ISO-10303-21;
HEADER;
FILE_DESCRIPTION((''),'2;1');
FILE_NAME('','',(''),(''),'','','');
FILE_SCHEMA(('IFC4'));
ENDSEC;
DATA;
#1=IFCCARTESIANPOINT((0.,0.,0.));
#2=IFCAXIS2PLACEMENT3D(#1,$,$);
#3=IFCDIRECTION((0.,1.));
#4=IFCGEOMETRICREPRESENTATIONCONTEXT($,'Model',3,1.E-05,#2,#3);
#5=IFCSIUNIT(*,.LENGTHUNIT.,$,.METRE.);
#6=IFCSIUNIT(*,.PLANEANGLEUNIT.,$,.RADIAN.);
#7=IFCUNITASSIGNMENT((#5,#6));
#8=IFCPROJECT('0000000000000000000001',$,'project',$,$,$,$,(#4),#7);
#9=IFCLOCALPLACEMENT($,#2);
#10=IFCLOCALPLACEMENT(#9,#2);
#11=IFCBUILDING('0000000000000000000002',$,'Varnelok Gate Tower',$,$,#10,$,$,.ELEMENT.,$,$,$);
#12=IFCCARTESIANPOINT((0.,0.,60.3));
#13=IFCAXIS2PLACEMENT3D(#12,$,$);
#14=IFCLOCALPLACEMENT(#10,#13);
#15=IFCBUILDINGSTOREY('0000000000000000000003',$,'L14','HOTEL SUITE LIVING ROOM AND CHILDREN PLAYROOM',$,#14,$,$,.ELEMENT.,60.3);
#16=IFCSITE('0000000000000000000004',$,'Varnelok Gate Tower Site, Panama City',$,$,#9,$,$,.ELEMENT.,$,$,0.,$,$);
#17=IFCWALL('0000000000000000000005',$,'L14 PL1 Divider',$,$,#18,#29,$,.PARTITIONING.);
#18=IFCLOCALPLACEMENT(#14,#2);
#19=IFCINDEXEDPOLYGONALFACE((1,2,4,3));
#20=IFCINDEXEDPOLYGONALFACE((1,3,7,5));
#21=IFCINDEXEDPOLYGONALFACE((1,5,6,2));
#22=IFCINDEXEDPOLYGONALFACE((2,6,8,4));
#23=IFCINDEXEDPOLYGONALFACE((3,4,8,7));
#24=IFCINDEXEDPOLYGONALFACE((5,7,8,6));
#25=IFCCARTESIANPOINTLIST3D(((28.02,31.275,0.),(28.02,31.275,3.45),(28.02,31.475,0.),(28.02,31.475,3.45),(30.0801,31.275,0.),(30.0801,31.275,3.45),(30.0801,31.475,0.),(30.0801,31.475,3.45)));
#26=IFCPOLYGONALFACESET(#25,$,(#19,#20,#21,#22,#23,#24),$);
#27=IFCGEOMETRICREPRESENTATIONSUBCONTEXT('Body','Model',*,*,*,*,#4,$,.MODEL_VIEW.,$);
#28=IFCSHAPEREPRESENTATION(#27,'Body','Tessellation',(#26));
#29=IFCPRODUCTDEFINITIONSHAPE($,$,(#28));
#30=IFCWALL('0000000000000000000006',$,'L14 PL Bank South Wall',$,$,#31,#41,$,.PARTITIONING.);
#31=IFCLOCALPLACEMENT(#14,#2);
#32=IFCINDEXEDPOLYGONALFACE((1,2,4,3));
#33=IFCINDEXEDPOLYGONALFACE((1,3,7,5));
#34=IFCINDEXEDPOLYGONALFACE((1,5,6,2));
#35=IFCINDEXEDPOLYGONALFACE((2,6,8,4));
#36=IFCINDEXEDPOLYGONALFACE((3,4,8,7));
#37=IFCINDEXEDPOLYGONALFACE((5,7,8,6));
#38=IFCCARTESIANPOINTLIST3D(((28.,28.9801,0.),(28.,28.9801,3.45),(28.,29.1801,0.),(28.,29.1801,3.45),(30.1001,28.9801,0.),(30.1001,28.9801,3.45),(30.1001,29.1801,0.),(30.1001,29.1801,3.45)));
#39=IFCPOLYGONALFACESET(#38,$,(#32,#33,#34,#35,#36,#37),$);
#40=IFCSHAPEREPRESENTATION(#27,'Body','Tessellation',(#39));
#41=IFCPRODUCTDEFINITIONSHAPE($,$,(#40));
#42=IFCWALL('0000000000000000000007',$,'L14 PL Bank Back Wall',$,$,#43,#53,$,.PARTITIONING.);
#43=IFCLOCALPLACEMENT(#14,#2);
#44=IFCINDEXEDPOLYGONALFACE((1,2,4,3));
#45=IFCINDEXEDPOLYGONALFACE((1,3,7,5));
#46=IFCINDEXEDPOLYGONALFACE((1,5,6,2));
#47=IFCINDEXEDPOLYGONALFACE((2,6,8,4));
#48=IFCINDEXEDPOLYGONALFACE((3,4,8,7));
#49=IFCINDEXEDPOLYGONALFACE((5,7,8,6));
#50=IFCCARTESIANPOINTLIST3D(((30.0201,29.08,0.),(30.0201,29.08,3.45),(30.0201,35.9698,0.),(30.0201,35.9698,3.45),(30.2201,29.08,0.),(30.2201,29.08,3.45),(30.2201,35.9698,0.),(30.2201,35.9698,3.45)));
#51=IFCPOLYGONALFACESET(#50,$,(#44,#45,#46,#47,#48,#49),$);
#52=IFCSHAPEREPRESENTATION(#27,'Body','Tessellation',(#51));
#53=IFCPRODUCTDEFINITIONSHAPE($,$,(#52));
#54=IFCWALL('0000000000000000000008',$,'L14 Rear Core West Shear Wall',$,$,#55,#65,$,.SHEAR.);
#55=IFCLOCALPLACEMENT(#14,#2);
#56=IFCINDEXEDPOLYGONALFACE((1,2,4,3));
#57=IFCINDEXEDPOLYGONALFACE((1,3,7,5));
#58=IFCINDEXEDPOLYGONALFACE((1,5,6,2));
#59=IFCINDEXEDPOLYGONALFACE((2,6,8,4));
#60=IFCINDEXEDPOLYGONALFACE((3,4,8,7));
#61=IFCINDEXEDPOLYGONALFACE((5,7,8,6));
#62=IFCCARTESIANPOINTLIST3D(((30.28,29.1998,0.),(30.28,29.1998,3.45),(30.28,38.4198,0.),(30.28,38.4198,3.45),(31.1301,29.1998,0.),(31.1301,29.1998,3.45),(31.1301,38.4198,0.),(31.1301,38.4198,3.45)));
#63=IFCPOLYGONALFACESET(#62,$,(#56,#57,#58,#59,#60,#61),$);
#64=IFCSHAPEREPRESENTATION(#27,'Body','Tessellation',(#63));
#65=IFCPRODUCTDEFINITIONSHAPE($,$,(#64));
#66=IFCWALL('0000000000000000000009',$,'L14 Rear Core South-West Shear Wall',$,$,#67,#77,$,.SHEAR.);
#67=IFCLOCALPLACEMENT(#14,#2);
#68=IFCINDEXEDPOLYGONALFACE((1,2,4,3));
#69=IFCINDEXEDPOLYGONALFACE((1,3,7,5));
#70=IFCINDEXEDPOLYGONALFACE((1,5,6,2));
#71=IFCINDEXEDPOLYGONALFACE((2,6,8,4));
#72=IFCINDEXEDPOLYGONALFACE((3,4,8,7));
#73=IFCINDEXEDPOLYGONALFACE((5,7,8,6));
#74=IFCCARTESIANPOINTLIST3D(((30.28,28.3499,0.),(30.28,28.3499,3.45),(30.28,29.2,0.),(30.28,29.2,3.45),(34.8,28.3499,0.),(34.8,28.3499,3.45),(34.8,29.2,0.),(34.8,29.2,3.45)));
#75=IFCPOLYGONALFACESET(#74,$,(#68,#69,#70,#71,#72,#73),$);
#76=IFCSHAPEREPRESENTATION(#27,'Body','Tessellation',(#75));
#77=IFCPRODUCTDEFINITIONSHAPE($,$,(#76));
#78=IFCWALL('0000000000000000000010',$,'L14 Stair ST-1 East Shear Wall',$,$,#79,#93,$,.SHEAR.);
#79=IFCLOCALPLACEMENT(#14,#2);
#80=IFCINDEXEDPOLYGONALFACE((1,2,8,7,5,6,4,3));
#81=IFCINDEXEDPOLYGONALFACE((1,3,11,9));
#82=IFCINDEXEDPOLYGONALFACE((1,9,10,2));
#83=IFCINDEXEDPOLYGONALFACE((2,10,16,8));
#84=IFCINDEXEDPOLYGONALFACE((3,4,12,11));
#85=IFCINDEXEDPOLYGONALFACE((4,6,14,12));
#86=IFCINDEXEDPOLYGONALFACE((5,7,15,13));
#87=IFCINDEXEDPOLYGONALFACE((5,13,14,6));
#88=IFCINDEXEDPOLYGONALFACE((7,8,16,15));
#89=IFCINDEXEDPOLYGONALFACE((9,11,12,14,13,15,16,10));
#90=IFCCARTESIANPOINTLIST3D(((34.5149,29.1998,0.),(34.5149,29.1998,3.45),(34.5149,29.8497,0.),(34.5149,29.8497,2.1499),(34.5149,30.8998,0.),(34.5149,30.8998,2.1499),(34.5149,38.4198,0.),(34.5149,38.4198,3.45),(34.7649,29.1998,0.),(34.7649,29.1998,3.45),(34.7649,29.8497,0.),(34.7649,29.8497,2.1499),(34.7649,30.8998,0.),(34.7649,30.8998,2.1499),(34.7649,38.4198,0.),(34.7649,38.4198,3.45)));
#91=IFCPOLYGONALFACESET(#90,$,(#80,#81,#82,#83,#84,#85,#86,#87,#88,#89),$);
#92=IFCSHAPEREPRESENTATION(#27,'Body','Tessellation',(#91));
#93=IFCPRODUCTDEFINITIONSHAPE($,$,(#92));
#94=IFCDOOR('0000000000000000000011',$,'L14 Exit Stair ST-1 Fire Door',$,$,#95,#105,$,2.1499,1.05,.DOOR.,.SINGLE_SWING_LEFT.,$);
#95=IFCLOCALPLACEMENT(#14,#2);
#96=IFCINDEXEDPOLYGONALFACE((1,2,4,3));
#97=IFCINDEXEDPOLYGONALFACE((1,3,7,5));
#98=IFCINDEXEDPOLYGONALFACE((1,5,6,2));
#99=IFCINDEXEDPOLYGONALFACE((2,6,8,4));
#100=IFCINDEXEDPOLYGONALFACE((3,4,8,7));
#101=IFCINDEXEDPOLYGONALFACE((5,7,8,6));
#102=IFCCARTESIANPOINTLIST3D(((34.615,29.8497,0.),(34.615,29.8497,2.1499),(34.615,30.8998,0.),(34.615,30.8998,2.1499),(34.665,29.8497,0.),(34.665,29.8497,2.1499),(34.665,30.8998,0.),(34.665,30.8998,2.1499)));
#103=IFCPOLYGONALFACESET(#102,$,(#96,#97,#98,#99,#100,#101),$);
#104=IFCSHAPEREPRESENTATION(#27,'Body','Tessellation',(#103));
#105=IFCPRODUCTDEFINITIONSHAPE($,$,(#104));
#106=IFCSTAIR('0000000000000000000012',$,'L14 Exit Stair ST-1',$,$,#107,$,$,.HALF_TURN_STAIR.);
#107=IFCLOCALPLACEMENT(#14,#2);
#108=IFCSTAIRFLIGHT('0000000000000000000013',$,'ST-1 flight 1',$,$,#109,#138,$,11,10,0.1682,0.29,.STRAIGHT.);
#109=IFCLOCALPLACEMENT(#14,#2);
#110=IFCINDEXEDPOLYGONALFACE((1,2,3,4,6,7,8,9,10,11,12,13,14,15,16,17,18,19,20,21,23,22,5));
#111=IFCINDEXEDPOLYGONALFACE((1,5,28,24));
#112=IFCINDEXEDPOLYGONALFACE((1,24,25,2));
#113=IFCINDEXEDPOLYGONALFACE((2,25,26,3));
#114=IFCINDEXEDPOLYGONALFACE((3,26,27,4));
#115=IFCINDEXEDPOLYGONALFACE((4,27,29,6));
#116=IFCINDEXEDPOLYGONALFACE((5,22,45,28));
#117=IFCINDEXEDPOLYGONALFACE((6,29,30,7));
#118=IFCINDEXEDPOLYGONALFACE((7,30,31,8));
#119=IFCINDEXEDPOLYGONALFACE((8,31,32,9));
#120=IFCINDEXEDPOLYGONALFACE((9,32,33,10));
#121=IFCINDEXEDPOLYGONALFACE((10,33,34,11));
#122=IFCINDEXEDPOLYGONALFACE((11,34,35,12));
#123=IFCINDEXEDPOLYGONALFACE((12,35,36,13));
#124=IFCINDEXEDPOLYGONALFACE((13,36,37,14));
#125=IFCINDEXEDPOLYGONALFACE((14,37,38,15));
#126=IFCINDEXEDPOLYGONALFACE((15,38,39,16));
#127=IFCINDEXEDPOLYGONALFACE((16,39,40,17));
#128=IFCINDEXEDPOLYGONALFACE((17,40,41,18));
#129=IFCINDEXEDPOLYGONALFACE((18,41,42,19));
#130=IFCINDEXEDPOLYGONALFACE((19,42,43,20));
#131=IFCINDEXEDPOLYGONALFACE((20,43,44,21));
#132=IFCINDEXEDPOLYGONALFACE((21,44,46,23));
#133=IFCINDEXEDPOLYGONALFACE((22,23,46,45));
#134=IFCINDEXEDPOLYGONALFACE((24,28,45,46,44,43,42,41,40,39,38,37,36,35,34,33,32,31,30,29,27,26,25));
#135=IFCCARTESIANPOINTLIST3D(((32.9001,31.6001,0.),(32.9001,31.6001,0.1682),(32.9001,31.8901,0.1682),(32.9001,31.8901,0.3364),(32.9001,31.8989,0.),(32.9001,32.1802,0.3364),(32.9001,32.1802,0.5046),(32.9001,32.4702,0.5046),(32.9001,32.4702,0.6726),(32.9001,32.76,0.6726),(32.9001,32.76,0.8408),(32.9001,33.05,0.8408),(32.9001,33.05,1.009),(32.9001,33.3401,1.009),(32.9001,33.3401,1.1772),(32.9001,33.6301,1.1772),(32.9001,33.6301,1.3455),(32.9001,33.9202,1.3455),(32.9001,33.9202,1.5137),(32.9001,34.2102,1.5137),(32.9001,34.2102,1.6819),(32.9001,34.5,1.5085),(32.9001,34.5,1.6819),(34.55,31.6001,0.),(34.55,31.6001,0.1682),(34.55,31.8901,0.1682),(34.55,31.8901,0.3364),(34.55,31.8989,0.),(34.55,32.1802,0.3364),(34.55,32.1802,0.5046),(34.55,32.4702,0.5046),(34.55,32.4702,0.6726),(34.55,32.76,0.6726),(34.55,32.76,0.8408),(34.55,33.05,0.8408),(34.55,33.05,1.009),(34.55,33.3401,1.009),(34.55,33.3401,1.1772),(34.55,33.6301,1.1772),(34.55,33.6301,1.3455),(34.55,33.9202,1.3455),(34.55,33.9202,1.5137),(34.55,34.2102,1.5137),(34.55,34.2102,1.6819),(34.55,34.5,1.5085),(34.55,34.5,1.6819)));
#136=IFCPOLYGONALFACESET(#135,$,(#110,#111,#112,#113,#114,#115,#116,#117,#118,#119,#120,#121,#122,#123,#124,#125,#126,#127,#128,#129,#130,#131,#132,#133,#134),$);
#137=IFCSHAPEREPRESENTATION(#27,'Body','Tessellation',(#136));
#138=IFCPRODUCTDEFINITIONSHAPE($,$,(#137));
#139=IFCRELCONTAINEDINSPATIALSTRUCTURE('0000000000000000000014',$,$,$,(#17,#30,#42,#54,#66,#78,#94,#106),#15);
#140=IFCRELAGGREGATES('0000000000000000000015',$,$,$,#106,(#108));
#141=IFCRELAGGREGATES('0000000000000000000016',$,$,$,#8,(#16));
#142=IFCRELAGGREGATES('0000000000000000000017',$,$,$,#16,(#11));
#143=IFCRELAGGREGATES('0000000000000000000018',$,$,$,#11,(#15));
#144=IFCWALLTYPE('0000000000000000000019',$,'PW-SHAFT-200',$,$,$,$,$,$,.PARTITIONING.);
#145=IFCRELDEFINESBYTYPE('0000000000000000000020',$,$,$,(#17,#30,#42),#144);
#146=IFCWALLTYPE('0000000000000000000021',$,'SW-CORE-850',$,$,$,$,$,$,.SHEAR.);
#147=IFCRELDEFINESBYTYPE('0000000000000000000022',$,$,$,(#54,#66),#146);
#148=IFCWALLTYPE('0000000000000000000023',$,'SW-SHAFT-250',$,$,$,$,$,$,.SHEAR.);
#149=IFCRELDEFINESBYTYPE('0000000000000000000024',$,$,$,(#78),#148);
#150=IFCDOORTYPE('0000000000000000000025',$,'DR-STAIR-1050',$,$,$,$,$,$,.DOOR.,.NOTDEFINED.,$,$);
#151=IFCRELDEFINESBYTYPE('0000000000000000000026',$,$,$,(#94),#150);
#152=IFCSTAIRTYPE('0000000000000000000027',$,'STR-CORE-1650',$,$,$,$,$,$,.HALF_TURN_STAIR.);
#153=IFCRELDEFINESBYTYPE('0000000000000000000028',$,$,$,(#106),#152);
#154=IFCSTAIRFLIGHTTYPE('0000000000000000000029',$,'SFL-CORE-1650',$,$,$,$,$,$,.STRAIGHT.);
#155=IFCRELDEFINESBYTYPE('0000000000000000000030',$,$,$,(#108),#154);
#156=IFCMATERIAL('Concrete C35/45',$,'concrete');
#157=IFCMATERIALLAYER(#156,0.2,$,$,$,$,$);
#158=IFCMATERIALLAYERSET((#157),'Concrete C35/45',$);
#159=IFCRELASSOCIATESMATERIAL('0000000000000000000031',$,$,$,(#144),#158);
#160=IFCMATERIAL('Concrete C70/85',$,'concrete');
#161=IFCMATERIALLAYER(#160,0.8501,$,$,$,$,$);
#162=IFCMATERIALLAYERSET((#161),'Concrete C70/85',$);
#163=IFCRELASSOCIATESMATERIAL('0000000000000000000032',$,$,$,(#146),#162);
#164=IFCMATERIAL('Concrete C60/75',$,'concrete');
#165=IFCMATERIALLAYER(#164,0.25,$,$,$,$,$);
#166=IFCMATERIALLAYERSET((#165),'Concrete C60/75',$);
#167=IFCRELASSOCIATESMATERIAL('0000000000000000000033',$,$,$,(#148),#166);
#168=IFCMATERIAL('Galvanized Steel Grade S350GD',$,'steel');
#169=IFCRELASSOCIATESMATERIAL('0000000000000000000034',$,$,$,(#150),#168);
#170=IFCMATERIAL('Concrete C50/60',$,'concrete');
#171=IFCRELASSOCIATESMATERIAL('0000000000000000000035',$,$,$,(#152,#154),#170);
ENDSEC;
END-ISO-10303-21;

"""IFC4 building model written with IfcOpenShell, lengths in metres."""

from ifc_helpers import new_model, si_unit, direction, frame, frame_2d, origin, place, context, subcontext, project, spatial, polyline, rectangle, outline, extrude, material, layer, layer_set, type_object, element, fill, aggregate, save


model = new_model("IFC4")

# Units and contexts
model_context = context("Model", 3, precision=1e-05, world=origin(), true_north=direction((0.0, 1.0)))
body_context = subcontext(model_context, "Body", "Model", "MODEL_VIEW")
ifc_project = project(units=[si_unit("LENGTHUNIT", "METRE"), si_unit("PLANEANGLEUNIT", "RADIAN")], contexts=[model_context])

# Site, building, storey
site_placement = place(None, origin())
site = spatial("IfcSite", under=ifc_project, at=site_placement, Name="Varnelok Gate Tower Site, Panama City", CompositionType="ELEMENT", RefElevation=0.0)
building_placement = place(site_placement, origin())
building = spatial("IfcBuilding", under=site, at=building_placement, Name="Varnelok Gate Tower", CompositionType="ELEMENT")
storey_placement = place(building_placement, frame((0.0, 0.0, 60.3)))
storey = spatial("IfcBuildingStorey", under=building, at=storey_placement, Name="L14", Description="HOTEL SUITE LIVING ROOM AND CHILDREN PLAYROOM", CompositionType="ELEMENT", Elevation=60.3)

# Walls
ifc_material_1 = material(Name="Concrete C35/45", Category="concrete")
ifc_layer_1 = layer(ifc_material_1, 0.2)
ifc_layer_set_1 = layer_set([ifc_layer_1], Name="Concrete C35/45")
wall_type_1 = type_object("IfcWallType", Name="PW-SHAFT-200", PredefinedType="PARTITIONING", material=ifc_layer_set_1)
wall_1_placement = place(storey_placement, frame((28.02, 31.375, 0.0), z_axis=(0.0, 0.0, 1.0), x_axis=(1.0, 0.0, 0.0)))
element("IfcWall", 1, at=wall_1_placement, inside=storey, type_object=wall_type_1, Name="L14 PL1 Divider", PredefinedType="PARTITIONING", context=body_context, shape_type="SweptSolid", body=[
    extrude(rectangle(XDim=2.0601, YDim=0.2, at=frame_2d((1.03, 0.0))), origin(), (0.0, 0.0, 1.0), 3.45),
])
wall_2_placement = place(storey_placement, frame((28.0, 29.0801, 0.0), z_axis=(0.0, 0.0, 1.0), x_axis=(1.0, 0.0, 0.0)))
element("IfcWall", 2, at=wall_2_placement, inside=storey, type_object=wall_type_1, Name="L14 PL Bank South Wall", PredefinedType="PARTITIONING", context=body_context, shape_type="SweptSolid", body=[
    extrude(rectangle(XDim=2.1001, YDim=0.2, at=frame_2d((1.05, 0.0))), origin(), (0.0, 0.0, 1.0), 3.45),
])
wall_3_placement = place(storey_placement, frame((30.1201, 29.0801, 0.0), z_axis=(0.0, 0.0, 1.0), x_axis=(0.0, 1.0, 0.0)))
element("IfcWall", 3, at=wall_3_placement, inside=storey, type_object=wall_type_1, Name="L14 PL Bank Back Wall", PredefinedType="PARTITIONING", context=body_context, shape_type="SweptSolid", body=[
    extrude(rectangle(XDim=6.8899, YDim=0.2, at=frame_2d((3.4448, 0.0))), origin(), (0.0, 0.0, 1.0), 3.45),
])

# Shared definitions
ifc_material_2 = material(Name="Galvanized Steel Grade S350GD", Category="steel")

# Walls
ifc_material_3 = material(Name="Concrete C70/85", Category="concrete")
ifc_layer_2 = layer(ifc_material_3, 0.8501)
ifc_layer_set_2 = layer_set([ifc_layer_2], Name="Concrete C70/85")
wall_type_2 = type_object("IfcWallType", Name="SW-CORE-850", PredefinedType="SHEAR", material=ifc_layer_set_2)
wall_4_placement = place(storey_placement, frame((30.7051, 29.2, 0.0), z_axis=(0.0, 0.0, 1.0), x_axis=(0.0, 1.0, 0.0)))
element("IfcWall", 4, at=wall_4_placement, inside=storey, type_object=wall_type_2, Name="L14 Rear Core West Shear Wall", PredefinedType="SHEAR", context=body_context, shape_type="SweptSolid", body=[
    extrude(rectangle(XDim=9.22, YDim=0.8501, at=frame_2d((4.6099, 0.0))), origin(), (0.0, 0.0, 1.0), 3.45),
])
wall_5_placement = place(storey_placement, frame((30.28, 28.7749, 0.0), z_axis=(0.0, 0.0, 1.0), x_axis=(1.0, 0.0, 0.0)))
element("IfcWall", 5, at=wall_5_placement, inside=storey, type_object=wall_type_2, Name="L14 Rear Core South-West Shear Wall", PredefinedType="SHEAR", context=body_context, shape_type="SweptSolid", body=[
    extrude(rectangle(XDim=4.52, YDim=0.8501, at=frame_2d((2.26, 0.0))), origin(), (0.0, 0.0, 1.0), 3.45),
])

# Wall, opening, door
ifc_material_4 = material(Name="Concrete C60/75", Category="concrete")
ifc_layer_3 = layer(ifc_material_4, 0.25)
ifc_layer_set_3 = layer_set([ifc_layer_3], Name="Concrete C60/75")
wall_type_3 = type_object("IfcWallType", Name="SW-SHAFT-250", PredefinedType="SHEAR", material=ifc_layer_set_3)
wall_6_placement = place(storey_placement, frame((34.6399, 29.2, 0.0), z_axis=(0.0, 0.0, 1.0), x_axis=(0.0, 1.0, 0.0)))
wall_6 = element("IfcWall", 6, at=wall_6_placement, inside=storey, type_object=wall_type_3, Name="L14 Stair ST-1 East Shear Wall", PredefinedType="SHEAR", context=body_context, shape_type="SweptSolid", body=[
    extrude(rectangle(XDim=9.22, YDim=0.25, at=frame_2d((4.6099, 0.0))), origin(), (0.0, 0.0, 1.0), 3.45),
])
opening_1_placement = place(wall_6_placement, frame((0.6499, 0.0, 0.0)))
opening_1 = element("IfcOpeningElement", 7, at=opening_1_placement, cuts=wall_6, PredefinedType="OPENING", context=body_context, shape_type="SweptSolid", body=[
    extrude(rectangle(XDim=1.05, YDim=2.1499, at=frame_2d((0.5249, 1.075))), frame((0.0, 0.135, 0.0), z_axis=(0.0, -1.0, 0.0), x_axis=(1.0, 0.0, 0.0)), (0.0, 0.0, 1.0), 0.27),
])
door_type_1 = type_object("IfcDoorType", Name="DR-STAIR-1050", OperationType="NOTDEFINED", PredefinedType="DOOR", material=ifc_material_2)
door_1_placement = place(opening_1_placement, origin())
door_1 = element("IfcDoor", 8, at=door_1_placement, inside=storey, type_object=door_type_1, Name="L14 Exit Stair ST-1 Fire Door", OperationType="SINGLE_SWING_LEFT", OverallHeight=2.1499, OverallWidth=1.05, PredefinedType="DOOR", context=body_context, shape_type="SweptSolid", body=[
    extrude(rectangle(XDim=1.05, YDim=2.1499, at=frame_2d((0.5249, 1.075))), frame((0.0, 0.0249, 0.0), z_axis=(0.0, -1.0, 0.0), x_axis=(1.0, 0.0, 0.0)), (0.0, 0.0, 1.0), 0.05),
])
fill(opening_1, door_1)

# Stair, stair flight
ifc_material_5 = material(Name="Concrete C50/60", Category="concrete")
stair_type = type_object("IfcStairType", Name="STR-CORE-1650", PredefinedType="HALF_TURN_STAIR", material=ifc_material_5)
stair_placement = place(storey_placement, origin())
stair = element("IfcStair", 9, at=stair_placement, inside=storey, type_object=stair_type, Name="L14 Exit Stair ST-1", PredefinedType="HALF_TURN_STAIR")
stair_flight_type = type_object("IfcStairFlightType", Name="SFL-CORE-1650", PredefinedType="STRAIGHT", material=ifc_material_5)
stair_flight_placement = place(storey_placement, frame((33.7251, 31.6001, 0.0), z_axis=(0.0, 0.0, 1.0), x_axis=(0.0, 1.0, 0.0)))
stair_flight = element("IfcStairFlight", 10, at=stair_flight_placement, type_object=stair_flight_type, Name="ST-1 flight 1", NumberOfRisers=11, NumberOfTreads=10, PredefinedType="STRAIGHT", RiserHeight=0.1682, TreadLength=0.29, context=body_context, shape_type="SweptSolid", body=[
    extrude(outline(polyline([(0.0, 0.0), (0.0, 0.1682), (0.29, 0.1682), (0.29, 0.3364), (0.5801, 0.3364), (0.5801, 0.5046), (0.8701, 0.5046), (0.8701, 0.6726), (1.1599, 0.6726), (1.1599, 0.8408), (1.45, 0.8408), (1.45, 1.009), (1.74, 1.009), (1.74, 1.1772), (2.03, 1.1772), (2.03, 1.3455), (2.3201, 1.3455), (2.3201, 1.5137), (2.6101, 1.5137), (2.6101, 1.6819), (2.8999, 1.6819), (2.8999, 1.8501), (2.8999, 1.5085), (0.2988, 0.0), (0.0, 0.0)])), frame((0.0, 0.825, 0.0), z_axis=(0.0, -1.0, 0.0), x_axis=(1.0, 0.0, 0.0)), (0.0, 0.0, 1.0), 1.6499),
])
aggregate(stair, [stair_flight])

save(model, "model.ifc")
